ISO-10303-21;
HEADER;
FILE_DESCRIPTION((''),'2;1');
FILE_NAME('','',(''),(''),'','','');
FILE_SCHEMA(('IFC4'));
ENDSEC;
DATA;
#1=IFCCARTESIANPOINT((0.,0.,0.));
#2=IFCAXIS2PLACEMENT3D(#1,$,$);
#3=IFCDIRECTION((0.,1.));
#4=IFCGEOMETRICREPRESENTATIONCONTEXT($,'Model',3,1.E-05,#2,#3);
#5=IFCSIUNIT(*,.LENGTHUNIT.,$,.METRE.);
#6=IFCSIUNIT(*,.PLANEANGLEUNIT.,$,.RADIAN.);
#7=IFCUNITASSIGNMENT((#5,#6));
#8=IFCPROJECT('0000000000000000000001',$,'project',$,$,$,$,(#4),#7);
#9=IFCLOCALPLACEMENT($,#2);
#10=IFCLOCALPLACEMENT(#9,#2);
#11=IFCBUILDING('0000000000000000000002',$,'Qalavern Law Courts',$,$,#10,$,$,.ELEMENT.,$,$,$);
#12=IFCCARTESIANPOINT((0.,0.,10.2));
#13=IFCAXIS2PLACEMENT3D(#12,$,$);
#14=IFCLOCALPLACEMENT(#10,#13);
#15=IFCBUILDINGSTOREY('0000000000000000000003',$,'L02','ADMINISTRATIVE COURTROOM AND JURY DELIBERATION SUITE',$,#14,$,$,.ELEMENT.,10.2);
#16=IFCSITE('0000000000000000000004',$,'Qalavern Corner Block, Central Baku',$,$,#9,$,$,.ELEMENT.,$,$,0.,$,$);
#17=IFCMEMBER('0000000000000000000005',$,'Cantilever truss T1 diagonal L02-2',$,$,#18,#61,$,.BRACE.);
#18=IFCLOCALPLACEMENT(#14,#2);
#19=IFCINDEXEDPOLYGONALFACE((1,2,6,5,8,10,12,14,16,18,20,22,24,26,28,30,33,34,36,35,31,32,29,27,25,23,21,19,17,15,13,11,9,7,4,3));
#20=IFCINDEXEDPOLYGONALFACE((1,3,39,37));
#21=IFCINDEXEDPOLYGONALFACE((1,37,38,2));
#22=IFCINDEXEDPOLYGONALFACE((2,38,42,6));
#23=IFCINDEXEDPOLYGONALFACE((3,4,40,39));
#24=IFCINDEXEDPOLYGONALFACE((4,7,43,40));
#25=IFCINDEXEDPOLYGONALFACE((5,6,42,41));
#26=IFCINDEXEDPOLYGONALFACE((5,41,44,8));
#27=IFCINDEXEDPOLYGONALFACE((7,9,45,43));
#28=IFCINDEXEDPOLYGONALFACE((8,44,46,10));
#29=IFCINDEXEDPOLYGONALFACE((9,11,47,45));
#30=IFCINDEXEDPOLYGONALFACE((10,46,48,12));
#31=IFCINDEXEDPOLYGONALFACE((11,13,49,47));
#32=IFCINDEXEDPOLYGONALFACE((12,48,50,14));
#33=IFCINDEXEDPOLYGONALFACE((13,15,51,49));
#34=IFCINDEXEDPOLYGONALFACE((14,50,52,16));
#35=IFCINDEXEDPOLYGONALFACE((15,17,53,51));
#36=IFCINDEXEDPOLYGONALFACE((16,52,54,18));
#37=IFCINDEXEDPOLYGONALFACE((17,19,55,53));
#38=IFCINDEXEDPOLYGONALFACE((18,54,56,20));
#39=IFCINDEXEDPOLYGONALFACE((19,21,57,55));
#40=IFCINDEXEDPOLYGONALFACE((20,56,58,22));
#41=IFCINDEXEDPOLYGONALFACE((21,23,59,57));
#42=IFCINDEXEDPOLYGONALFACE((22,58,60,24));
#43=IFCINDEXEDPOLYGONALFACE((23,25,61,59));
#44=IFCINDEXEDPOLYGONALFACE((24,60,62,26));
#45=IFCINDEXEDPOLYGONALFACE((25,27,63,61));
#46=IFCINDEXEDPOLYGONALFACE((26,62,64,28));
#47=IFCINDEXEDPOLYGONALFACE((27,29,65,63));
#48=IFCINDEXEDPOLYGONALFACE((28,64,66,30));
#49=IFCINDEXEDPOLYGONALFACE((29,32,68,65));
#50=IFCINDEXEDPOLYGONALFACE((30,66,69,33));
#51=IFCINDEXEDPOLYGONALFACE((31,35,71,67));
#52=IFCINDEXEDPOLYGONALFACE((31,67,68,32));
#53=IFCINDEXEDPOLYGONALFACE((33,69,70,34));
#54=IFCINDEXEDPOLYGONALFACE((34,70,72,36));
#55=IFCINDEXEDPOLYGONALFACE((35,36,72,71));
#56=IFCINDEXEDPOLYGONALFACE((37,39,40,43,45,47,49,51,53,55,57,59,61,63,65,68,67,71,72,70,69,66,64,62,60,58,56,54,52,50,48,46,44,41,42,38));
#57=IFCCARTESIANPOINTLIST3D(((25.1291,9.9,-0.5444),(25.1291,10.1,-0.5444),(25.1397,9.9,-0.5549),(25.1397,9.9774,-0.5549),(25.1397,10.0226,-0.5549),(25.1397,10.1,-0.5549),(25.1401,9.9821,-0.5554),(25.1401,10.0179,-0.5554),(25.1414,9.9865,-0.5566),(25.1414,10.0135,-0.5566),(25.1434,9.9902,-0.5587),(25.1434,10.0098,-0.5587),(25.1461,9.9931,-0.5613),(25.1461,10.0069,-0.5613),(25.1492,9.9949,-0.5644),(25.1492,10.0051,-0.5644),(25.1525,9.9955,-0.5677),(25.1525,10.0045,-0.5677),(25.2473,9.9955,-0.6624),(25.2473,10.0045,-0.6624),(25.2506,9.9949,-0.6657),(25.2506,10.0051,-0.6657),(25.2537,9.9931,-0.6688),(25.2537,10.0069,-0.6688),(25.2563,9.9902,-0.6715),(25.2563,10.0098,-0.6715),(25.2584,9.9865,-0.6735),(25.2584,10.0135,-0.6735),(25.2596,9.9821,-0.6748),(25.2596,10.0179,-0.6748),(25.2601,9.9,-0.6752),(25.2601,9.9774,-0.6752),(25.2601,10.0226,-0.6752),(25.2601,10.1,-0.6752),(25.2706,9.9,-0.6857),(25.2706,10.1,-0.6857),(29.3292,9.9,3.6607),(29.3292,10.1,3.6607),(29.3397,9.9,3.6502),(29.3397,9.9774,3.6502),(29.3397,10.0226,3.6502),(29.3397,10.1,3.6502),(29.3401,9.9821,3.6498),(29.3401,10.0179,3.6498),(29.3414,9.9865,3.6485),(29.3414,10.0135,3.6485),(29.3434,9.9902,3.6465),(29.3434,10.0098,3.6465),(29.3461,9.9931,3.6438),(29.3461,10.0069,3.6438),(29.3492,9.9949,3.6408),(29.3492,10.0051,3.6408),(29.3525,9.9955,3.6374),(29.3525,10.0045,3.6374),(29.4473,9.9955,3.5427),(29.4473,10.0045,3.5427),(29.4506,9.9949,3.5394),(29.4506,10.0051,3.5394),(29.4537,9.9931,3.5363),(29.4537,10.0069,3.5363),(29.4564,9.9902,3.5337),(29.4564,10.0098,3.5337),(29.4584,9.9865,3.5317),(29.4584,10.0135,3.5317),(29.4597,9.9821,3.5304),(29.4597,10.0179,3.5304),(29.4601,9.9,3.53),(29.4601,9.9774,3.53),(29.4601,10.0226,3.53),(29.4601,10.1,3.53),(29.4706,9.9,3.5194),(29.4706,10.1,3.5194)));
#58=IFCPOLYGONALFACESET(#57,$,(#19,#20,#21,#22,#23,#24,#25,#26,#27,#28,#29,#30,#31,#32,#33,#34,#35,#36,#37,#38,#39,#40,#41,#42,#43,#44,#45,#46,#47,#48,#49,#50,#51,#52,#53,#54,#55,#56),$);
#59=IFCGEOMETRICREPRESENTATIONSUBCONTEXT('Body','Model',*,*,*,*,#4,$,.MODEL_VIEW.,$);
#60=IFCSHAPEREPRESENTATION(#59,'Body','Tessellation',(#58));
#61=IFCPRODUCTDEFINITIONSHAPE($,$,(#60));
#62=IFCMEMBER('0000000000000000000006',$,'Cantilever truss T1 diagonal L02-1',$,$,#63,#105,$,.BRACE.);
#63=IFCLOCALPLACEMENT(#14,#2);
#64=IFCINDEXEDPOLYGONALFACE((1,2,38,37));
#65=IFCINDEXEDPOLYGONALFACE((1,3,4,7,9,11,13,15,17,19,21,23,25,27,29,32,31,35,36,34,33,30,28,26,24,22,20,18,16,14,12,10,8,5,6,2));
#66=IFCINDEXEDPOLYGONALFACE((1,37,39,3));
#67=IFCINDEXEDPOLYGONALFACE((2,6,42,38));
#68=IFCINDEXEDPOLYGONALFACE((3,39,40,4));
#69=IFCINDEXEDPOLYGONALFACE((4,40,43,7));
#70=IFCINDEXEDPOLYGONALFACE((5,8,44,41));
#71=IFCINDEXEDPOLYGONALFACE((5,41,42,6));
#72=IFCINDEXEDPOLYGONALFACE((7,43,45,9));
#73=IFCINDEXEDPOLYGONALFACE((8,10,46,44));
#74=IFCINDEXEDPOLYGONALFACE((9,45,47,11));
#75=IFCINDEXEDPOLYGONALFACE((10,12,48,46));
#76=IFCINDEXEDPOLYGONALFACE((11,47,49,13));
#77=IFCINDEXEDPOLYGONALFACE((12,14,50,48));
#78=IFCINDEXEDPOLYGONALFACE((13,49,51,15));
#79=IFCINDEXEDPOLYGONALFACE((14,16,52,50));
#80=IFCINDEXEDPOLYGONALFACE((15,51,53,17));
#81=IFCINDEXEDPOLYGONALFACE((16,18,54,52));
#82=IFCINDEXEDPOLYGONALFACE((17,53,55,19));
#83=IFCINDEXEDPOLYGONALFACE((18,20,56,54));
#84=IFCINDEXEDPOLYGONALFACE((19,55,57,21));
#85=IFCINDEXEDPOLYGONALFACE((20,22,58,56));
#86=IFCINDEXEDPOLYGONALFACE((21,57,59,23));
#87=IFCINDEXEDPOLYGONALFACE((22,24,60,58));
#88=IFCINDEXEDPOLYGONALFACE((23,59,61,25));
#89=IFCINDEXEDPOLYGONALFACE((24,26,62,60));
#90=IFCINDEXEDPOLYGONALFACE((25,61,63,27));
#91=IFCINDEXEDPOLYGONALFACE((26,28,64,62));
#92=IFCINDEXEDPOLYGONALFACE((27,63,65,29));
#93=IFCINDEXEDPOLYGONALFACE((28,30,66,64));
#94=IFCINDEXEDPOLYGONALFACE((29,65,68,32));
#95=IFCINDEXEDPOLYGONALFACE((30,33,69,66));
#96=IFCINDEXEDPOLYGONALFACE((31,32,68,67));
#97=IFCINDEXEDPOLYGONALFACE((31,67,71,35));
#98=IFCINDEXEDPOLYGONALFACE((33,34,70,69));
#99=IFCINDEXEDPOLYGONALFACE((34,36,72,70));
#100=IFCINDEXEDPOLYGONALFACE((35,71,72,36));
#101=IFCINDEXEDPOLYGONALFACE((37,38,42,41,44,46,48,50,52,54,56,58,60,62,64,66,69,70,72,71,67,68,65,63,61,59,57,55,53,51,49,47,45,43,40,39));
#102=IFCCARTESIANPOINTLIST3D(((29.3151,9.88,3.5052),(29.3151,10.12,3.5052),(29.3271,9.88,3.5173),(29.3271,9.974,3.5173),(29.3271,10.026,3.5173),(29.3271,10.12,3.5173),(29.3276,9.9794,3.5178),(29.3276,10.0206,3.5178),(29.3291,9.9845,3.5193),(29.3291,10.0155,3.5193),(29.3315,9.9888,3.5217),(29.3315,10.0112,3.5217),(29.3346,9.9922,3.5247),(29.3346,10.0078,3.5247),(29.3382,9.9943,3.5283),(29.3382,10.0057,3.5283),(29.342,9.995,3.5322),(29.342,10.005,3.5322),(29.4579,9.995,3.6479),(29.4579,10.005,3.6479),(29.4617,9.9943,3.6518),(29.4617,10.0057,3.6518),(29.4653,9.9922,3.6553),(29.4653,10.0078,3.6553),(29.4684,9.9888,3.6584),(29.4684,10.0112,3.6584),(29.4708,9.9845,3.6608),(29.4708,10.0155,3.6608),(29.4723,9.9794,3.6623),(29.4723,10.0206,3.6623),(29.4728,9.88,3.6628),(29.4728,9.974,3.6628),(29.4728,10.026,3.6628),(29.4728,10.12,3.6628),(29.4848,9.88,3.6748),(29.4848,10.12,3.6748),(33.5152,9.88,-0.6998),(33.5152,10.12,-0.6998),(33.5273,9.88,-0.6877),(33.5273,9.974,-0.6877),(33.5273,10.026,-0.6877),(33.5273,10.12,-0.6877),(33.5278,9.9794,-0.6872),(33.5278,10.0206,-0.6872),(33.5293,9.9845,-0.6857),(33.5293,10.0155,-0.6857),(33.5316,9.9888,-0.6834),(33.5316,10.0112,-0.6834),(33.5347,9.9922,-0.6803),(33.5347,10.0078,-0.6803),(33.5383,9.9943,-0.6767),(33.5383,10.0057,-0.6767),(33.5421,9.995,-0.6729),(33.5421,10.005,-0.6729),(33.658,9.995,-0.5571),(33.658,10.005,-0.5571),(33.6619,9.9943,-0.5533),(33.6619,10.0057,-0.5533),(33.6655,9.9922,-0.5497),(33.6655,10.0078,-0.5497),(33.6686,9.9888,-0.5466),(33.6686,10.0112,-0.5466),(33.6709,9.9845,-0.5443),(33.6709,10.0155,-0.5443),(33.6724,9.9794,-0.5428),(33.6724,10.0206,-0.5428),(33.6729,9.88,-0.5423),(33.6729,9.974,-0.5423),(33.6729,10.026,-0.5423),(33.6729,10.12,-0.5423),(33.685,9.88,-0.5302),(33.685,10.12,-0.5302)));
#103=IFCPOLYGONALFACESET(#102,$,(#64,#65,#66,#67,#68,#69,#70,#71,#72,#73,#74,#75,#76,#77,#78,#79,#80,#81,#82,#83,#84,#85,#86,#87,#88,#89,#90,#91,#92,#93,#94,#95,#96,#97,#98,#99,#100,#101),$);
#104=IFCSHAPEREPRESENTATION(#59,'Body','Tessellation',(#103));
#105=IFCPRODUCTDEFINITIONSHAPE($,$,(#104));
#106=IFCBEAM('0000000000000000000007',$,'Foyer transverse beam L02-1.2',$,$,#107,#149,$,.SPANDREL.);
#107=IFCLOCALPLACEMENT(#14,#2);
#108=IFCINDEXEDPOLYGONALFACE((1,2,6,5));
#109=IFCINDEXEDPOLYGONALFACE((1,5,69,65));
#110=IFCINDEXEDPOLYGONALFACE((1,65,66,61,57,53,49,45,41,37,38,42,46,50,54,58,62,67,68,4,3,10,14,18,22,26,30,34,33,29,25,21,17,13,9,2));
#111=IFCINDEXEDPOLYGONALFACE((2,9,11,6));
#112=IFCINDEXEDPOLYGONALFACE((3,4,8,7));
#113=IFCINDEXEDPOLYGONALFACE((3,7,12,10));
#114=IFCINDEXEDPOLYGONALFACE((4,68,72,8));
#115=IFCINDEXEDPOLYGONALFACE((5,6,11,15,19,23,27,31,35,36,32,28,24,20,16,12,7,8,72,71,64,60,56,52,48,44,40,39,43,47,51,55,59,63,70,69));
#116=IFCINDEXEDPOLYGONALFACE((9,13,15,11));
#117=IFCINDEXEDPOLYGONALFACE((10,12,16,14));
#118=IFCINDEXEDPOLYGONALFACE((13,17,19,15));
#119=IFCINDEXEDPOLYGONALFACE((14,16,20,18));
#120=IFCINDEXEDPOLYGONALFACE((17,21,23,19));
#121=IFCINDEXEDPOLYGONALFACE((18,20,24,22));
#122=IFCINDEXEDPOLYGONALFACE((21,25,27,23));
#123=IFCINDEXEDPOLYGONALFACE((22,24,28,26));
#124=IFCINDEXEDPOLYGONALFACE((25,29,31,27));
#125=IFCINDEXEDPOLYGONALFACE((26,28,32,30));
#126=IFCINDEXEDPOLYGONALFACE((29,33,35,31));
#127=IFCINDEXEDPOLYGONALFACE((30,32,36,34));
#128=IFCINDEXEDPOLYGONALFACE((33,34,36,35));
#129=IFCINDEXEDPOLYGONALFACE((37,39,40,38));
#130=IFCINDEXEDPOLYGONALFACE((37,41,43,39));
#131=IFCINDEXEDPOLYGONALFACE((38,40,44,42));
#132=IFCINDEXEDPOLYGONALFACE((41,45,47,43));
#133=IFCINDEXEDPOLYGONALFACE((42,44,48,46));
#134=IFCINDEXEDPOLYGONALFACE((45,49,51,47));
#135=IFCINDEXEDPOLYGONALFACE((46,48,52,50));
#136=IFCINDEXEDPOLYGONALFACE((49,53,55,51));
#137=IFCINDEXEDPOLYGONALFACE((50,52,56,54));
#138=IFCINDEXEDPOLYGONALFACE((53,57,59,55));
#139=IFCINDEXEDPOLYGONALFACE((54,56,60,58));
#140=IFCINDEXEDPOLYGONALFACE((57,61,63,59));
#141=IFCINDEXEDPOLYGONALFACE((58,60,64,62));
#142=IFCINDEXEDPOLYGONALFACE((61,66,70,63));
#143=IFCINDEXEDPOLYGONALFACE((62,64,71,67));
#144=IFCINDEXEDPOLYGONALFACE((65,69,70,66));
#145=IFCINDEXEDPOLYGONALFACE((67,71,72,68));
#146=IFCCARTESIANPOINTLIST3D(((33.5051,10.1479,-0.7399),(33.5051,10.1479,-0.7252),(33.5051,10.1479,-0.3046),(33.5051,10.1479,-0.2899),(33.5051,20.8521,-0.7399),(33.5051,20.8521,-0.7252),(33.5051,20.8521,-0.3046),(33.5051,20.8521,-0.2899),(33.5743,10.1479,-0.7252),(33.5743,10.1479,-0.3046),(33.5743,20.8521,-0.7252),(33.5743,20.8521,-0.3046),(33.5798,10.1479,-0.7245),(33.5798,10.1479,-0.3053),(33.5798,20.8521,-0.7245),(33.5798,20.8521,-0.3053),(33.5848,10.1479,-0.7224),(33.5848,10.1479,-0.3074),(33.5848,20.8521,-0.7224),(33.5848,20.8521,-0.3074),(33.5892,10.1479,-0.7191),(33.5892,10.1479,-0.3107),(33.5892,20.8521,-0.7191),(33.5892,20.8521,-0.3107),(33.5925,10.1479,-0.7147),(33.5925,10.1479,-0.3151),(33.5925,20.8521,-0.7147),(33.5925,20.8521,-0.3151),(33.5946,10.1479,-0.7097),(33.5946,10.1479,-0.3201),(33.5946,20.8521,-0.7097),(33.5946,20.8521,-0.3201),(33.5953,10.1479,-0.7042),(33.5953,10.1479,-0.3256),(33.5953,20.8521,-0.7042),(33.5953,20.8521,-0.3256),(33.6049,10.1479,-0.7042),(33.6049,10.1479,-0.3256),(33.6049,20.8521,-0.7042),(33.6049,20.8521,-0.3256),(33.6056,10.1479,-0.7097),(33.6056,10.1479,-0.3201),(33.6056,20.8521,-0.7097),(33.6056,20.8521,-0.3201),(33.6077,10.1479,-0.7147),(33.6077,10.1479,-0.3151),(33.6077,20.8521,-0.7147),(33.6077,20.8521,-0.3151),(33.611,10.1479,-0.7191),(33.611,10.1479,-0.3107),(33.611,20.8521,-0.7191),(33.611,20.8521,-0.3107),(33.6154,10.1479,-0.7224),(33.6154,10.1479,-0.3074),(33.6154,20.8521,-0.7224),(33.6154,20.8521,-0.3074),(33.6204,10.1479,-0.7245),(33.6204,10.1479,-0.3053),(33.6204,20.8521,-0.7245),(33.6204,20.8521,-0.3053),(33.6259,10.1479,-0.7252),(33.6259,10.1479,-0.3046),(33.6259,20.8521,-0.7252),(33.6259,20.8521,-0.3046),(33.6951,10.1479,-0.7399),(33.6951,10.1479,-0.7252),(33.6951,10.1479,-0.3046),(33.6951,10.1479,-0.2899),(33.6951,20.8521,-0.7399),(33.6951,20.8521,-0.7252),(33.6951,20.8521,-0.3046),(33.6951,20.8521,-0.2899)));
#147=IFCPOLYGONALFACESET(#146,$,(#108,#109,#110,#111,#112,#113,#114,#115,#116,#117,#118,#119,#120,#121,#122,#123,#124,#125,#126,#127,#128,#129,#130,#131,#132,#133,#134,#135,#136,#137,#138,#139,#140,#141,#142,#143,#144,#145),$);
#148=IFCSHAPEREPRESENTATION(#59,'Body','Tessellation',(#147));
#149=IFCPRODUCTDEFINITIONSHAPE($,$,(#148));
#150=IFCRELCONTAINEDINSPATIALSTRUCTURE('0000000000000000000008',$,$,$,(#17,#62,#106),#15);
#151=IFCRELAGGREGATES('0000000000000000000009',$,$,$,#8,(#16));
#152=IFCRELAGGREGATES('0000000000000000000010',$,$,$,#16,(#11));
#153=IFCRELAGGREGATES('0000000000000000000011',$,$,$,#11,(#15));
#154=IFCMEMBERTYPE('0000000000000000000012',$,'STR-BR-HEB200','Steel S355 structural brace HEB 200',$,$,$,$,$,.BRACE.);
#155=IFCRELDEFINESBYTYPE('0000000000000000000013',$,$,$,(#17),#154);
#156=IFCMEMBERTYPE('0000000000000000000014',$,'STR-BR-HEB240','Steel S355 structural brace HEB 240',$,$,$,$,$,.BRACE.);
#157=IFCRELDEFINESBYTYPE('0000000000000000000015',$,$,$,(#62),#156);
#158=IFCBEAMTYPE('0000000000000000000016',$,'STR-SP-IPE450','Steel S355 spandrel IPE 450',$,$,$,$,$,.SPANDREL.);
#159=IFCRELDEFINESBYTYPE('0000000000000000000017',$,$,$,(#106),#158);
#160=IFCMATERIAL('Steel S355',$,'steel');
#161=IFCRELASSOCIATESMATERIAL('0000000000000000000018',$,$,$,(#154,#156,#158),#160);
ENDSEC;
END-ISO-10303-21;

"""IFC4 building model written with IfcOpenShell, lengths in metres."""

from ifc_helpers import new_model, si_unit, direction, frame, origin, origin_2d, place, context, subcontext, project, spatial, i_section, extrude, material, material_profile, profile_set, type_object, element, save


model = new_model("IFC4")

# Units and contexts
model_context = context("Model", 3, precision=1e-05, world=origin(), true_north=direction((0.0, 1.0)))
body_context = subcontext(model_context, "Body", "Model", "MODEL_VIEW")
ifc_project = project(units=[si_unit("LENGTHUNIT", "METRE"), si_unit("PLANEANGLEUNIT", "RADIAN")], contexts=[model_context])

# Site, building, storey
site_placement = place(None, origin())
site = spatial("IfcSite", under=ifc_project, at=site_placement, Name="Qalavern Corner Block, Central Baku", CompositionType="ELEMENT", RefElevation=0.0)
building_placement = place(site_placement, origin())
building = spatial("IfcBuilding", under=site, at=building_placement, Name="Qalavern Law Courts", CompositionType="ELEMENT")
storey_placement = place(building_placement, frame((0.0, 0.0, 10.2)))
storey = spatial("IfcBuildingStorey", under=building, at=storey_placement, Name="L02", Description="ADMINISTRATIVE COURTROOM AND JURY DELIBERATION SUITE", CompositionType="ELEMENT", Elevation=10.2)

# Shared definitions
ifc_material_1 = material(Name="Steel S355", Category="steel")

# Members
ifc_material_profile_1 = material_profile(ifc_material_1, i_section(OverallWidth=0.2, OverallDepth=0.2, WebThickness=0.009, FlangeThickness=0.0149, FilletRadius=0.0181, at=origin_2d()), Name="HEB 200")
ifc_profile_set_1 = profile_set([ifc_material_profile_1], Name="Steel S355")
member_type_1 = type_object("IfcMemberType", Name="STR-BR-HEB200", Description="Steel S355 structural brace HEB 200", PredefinedType="BRACE", material=ifc_profile_set_1)
member_1_placement = place(storey_placement, frame((29.3999, 10.0, 3.5901), z_axis=(-0.706675, 0.0, -0.707538), x_axis=(0.0, -1.0, 0.0)))
element("IfcMember", 1, at=member_1_placement, inside=storey, type_object=member_type_1, Name="Cantilever truss T1 diagonal L02-2", PredefinedType="BRACE", context=body_context, shape_type="SweptSolid", body=[
    extrude(i_section(OverallWidth=0.2, OverallDepth=0.2, WebThickness=0.009, FlangeThickness=0.0149, FilletRadius=0.0181, at=origin_2d()), origin(), (0.0, 0.0, 1.0), 5.9434),
])
ifc_material_profile_2 = material_profile(ifc_material_1, i_section(OverallWidth=0.24, OverallDepth=0.24, WebThickness=0.01, FlangeThickness=0.0171, FilletRadius=0.021, at=origin_2d()), Name="HEB 240")
ifc_profile_set_2 = profile_set([ifc_material_profile_2], Name="Steel S355")
member_type_2 = type_object("IfcMemberType", Name="STR-BR-HEB240", Description="Steel S355 structural brace HEB 240", PredefinedType="BRACE", material=ifc_profile_set_2)
member_2_placement = place(storey_placement, frame((33.6001, 10.0, -0.615), z_axis=(-0.706696, 0.0, 0.707517), x_axis=(0.0, -1.0, 0.0)))
element("IfcMember", 2, at=member_2_placement, inside=storey, type_object=member_type_2, Name="Cantilever truss T1 diagonal L02-1", PredefinedType="BRACE", context=body_context, shape_type="SweptSolid", body=[
    extrude(i_section(OverallWidth=0.24, OverallDepth=0.24, WebThickness=0.01, FlangeThickness=0.0171, FilletRadius=0.021, at=origin_2d()), origin(), (0.0, 0.0, 1.0), 5.9434),
])

# Beam
ifc_material_profile_3 = material_profile(ifc_material_1, i_section(OverallWidth=0.1899, OverallDepth=0.45, WebThickness=0.0095, FlangeThickness=0.0146, FilletRadius=0.021, at=origin_2d()), Name="IPE 450")
ifc_profile_set_3 = profile_set([ifc_material_profile_3], Name="Steel S355")
beam_type_1 = type_object("IfcBeamType", Name="STR-SP-IPE450", Description="Steel S355 spandrel IPE 450", PredefinedType="SPANDREL", material=ifc_profile_set_3)
beam_1_placement = place(storey_placement, frame((33.6001, 10.1479, -0.5149), z_axis=(0.0, 1.0, 0.0), x_axis=(-1.0, 0.0, 0.0)))
element("IfcBeam", 3, at=beam_1_placement, inside=storey, type_object=beam_type_1, Name="Foyer transverse beam L02-1.2", PredefinedType="SPANDREL", context=body_context, shape_type="SweptSolid", body=[
    extrude(i_section(OverallWidth=0.1899, OverallDepth=0.45, WebThickness=0.0095, FlangeThickness=0.0146, FilletRadius=0.021, at=origin_2d()), origin(), (0.0, 0.0, 1.0), 10.7041),
])

save(model, "model.ifc")
